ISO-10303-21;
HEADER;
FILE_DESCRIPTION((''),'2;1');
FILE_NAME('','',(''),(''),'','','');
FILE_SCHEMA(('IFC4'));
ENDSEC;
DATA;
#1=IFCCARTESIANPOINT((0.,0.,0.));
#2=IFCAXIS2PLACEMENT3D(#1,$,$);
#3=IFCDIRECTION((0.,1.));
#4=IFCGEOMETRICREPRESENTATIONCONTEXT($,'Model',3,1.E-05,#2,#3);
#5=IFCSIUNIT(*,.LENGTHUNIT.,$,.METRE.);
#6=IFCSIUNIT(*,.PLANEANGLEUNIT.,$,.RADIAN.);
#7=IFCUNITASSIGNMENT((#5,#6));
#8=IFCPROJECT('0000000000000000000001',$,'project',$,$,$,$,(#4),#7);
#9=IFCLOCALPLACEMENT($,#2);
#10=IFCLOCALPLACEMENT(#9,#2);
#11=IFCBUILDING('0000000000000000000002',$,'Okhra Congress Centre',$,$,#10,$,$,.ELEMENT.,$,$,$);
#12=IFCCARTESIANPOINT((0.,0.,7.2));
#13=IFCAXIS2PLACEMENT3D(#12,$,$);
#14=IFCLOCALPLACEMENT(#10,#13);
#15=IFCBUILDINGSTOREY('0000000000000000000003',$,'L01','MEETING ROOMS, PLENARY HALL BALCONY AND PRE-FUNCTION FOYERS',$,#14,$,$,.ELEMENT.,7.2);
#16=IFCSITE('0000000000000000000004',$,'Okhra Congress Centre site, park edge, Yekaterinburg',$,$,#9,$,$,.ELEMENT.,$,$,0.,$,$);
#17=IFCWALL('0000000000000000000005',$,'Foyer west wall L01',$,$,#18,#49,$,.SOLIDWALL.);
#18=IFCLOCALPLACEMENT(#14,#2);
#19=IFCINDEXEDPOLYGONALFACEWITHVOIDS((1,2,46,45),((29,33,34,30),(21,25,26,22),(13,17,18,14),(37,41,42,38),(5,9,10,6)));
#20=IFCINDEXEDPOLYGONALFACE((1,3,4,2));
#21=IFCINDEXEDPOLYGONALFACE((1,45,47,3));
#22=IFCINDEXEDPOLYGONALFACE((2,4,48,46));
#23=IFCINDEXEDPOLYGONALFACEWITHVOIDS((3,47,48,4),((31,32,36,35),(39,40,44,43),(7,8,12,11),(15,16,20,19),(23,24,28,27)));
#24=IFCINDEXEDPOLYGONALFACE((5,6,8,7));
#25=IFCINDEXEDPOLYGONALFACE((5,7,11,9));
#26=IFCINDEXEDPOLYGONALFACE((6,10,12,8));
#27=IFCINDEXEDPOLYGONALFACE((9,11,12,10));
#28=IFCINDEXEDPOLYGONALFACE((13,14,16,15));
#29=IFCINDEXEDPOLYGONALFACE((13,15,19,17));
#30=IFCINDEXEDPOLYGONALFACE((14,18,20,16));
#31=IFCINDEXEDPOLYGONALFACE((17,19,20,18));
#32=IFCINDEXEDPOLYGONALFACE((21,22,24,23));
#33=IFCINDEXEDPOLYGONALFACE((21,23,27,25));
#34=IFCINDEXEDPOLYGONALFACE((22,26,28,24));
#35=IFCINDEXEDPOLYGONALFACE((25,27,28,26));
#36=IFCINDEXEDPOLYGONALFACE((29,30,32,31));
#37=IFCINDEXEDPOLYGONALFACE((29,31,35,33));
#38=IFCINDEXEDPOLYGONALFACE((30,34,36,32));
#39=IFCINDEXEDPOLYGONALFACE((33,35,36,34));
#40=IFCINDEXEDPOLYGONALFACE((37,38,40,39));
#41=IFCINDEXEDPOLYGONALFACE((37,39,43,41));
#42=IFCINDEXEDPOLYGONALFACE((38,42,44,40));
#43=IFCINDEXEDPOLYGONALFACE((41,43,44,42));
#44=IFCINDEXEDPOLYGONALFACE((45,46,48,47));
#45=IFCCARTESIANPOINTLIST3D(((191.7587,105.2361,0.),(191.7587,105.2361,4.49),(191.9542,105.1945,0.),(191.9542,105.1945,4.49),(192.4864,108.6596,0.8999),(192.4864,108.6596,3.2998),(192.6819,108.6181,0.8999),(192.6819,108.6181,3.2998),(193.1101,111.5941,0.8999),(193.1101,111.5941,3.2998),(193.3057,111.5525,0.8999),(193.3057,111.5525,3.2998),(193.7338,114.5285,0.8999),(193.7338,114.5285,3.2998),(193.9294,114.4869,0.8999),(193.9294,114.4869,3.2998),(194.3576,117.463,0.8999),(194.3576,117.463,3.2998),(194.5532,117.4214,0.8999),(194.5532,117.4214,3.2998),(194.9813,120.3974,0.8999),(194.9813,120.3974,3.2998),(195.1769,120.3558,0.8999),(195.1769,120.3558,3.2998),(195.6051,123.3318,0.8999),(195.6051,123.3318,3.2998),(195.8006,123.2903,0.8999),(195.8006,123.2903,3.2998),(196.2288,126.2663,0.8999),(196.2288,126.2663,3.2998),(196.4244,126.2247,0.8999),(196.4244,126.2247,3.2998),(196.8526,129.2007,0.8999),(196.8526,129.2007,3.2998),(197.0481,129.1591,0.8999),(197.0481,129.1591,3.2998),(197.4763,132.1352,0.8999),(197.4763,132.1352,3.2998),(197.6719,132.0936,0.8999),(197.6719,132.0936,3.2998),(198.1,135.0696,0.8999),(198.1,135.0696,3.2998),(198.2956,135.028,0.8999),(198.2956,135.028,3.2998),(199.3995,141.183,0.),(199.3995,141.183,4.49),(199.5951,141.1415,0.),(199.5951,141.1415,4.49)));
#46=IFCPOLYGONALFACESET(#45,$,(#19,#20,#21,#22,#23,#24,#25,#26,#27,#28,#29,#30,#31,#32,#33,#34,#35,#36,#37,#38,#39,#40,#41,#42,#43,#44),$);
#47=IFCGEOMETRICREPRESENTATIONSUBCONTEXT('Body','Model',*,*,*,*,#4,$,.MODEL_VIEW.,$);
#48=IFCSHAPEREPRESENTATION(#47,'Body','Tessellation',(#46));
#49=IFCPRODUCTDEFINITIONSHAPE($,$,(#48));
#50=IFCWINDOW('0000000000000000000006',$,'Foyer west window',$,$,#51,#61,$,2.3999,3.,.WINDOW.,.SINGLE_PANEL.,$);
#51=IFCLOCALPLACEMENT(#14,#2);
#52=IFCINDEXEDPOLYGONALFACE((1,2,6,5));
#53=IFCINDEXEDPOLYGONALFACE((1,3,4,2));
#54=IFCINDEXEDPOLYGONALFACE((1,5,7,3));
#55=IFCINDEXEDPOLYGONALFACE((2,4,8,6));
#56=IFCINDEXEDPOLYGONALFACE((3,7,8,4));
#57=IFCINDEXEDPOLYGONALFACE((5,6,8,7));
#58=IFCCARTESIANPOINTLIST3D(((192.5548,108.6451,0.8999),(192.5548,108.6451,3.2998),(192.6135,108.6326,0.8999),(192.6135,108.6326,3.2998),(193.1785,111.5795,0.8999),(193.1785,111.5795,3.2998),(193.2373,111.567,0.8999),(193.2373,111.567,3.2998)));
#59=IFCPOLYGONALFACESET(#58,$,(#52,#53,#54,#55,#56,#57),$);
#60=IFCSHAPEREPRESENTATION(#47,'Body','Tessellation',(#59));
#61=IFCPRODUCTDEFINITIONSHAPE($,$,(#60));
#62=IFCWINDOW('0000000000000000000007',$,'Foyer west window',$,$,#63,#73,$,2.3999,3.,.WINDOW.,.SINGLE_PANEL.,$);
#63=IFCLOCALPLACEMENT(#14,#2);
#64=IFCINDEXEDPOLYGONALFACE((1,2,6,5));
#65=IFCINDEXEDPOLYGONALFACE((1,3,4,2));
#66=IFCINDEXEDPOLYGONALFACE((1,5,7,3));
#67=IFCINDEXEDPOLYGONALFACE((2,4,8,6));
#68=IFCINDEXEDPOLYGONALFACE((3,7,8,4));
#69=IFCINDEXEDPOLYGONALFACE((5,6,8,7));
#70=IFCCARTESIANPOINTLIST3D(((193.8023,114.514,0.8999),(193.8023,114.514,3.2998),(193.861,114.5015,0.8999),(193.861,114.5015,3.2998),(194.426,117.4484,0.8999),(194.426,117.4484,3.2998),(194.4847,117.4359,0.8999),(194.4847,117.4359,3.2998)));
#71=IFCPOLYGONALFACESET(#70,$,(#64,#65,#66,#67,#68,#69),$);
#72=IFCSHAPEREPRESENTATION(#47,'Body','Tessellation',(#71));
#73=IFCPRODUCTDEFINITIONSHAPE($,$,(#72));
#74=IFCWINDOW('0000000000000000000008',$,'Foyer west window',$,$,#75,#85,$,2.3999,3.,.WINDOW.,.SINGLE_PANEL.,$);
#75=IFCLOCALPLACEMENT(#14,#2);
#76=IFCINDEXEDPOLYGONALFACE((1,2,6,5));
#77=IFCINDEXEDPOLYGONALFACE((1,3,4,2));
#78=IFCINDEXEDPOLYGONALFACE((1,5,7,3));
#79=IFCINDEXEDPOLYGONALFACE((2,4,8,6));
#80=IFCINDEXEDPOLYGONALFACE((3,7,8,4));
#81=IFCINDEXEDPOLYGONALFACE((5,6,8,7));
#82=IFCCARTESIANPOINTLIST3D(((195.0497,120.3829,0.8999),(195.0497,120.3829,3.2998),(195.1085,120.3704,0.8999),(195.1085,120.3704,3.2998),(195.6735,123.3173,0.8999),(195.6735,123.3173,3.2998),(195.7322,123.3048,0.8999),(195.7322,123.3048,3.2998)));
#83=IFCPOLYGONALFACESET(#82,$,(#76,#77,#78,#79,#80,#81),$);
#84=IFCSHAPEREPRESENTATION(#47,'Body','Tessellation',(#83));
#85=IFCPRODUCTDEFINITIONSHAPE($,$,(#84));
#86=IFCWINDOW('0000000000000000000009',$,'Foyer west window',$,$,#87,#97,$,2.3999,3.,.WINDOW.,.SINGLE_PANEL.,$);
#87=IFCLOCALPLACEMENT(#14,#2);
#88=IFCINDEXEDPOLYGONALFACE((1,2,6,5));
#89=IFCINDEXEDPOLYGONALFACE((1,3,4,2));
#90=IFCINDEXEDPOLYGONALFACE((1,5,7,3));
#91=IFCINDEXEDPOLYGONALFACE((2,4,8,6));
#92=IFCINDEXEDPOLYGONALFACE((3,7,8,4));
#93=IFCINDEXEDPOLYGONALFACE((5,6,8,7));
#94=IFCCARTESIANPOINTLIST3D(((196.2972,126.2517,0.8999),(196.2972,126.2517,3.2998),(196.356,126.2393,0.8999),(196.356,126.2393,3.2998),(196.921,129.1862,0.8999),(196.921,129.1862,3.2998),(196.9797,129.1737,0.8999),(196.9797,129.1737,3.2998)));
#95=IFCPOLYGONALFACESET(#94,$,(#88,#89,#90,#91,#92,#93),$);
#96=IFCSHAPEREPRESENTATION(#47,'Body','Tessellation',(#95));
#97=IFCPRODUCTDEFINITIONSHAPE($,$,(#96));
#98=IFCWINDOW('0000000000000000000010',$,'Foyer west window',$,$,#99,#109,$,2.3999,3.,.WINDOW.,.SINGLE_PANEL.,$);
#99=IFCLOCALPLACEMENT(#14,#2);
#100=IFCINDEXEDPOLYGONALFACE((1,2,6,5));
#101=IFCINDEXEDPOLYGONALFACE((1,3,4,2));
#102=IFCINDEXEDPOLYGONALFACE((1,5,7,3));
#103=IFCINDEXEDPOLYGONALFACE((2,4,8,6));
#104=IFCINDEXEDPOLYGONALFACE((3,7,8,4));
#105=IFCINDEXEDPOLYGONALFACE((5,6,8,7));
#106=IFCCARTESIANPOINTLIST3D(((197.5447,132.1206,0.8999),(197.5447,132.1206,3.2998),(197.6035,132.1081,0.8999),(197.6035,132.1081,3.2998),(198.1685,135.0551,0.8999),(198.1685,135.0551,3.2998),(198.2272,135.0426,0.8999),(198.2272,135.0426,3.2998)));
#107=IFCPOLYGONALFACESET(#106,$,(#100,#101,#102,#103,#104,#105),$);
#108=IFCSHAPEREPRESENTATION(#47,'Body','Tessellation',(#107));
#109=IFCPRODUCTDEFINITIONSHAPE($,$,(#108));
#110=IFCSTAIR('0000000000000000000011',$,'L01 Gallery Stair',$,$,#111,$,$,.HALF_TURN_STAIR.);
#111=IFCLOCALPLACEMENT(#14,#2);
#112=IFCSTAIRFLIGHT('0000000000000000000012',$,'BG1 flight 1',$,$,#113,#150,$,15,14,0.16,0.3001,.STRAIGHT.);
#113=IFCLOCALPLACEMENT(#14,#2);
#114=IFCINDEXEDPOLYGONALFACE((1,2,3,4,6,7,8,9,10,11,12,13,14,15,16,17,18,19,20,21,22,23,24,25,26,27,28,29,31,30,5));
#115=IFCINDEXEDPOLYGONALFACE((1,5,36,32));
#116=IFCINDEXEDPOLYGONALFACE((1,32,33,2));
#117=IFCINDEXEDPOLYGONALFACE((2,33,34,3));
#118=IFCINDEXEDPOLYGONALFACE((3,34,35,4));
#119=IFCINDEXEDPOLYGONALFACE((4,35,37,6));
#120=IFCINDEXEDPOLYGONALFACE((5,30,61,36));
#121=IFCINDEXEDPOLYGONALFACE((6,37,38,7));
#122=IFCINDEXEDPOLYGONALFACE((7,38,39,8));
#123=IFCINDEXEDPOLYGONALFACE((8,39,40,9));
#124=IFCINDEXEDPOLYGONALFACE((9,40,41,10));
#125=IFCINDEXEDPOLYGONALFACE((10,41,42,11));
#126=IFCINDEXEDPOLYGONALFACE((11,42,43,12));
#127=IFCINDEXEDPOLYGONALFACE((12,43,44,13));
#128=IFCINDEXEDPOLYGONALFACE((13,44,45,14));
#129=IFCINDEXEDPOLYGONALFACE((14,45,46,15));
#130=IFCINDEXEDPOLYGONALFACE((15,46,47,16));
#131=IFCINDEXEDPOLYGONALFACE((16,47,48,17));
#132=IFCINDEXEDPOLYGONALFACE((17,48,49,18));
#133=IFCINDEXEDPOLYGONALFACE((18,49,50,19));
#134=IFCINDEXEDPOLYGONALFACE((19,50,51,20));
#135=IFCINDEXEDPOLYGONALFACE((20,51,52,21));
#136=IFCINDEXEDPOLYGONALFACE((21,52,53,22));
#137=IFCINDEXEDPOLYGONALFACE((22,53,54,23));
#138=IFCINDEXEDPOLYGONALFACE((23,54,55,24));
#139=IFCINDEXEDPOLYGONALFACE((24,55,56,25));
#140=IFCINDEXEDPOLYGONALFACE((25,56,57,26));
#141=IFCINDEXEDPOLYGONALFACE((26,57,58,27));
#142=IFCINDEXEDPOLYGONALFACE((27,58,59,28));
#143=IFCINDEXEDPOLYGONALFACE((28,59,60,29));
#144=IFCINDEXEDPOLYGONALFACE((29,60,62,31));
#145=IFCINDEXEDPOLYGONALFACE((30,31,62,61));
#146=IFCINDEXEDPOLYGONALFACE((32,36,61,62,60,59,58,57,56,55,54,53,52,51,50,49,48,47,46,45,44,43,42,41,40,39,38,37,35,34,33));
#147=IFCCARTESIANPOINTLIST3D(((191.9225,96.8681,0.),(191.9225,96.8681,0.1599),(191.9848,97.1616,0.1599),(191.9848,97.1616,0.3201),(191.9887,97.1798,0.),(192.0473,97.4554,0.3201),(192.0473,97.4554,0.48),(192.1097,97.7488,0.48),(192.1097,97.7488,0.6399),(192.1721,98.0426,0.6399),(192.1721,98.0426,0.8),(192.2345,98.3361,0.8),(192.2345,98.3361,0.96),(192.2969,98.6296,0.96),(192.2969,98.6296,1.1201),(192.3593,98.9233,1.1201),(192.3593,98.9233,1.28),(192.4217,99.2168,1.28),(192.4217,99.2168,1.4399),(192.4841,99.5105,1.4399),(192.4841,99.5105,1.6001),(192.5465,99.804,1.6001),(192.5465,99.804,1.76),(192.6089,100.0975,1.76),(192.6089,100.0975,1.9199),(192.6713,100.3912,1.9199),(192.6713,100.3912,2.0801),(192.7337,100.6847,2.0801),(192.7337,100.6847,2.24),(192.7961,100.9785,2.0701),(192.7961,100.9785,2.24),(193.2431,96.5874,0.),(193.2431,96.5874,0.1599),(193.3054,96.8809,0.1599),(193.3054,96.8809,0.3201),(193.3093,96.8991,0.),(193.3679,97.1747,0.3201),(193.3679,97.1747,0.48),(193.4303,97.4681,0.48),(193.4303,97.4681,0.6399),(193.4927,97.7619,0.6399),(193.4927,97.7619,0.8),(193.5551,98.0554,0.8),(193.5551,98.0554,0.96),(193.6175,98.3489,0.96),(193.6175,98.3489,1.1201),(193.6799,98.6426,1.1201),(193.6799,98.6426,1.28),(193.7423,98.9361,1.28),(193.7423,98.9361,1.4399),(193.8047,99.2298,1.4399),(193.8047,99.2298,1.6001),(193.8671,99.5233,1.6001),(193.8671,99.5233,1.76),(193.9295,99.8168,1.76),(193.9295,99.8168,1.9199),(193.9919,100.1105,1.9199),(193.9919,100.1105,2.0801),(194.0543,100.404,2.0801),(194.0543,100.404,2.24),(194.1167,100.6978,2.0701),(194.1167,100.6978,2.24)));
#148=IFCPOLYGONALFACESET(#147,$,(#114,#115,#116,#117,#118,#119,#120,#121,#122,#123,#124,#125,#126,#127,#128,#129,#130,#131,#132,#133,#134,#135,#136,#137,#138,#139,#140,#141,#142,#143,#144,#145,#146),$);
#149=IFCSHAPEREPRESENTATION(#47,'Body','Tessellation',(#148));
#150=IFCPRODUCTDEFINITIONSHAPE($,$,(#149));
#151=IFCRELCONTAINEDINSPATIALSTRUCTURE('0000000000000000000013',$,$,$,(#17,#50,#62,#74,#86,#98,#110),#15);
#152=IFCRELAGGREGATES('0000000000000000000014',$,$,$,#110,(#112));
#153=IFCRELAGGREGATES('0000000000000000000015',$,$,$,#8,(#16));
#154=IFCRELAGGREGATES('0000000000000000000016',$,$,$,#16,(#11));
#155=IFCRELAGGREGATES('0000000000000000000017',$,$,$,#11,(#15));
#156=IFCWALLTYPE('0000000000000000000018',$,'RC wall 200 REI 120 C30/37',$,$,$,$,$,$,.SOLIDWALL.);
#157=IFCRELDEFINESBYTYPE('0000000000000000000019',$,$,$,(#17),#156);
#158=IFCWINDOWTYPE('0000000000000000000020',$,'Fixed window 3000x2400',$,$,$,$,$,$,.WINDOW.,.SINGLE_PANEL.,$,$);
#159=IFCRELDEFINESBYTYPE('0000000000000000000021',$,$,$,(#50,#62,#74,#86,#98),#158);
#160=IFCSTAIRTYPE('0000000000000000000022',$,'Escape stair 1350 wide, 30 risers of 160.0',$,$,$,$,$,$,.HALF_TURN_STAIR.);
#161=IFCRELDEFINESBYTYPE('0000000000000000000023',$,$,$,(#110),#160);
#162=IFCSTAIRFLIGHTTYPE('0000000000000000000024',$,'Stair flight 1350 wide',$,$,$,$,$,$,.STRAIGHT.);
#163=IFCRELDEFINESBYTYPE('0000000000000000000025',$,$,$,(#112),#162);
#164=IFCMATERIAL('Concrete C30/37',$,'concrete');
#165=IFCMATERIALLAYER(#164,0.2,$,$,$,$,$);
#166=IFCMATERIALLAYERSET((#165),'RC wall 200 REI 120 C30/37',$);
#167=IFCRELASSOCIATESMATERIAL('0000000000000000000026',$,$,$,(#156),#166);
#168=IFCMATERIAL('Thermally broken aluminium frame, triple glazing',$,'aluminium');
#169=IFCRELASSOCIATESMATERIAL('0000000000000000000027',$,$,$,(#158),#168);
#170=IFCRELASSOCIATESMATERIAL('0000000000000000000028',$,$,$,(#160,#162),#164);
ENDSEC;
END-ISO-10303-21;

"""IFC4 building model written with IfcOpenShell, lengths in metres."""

from ifc_helpers import new_model, si_unit, direction, frame, frame_2d, origin, place, context, subcontext, project, spatial, polyline, rectangle, outline, extrude, material, layer, layer_set, type_object, element, fill, aggregate, save


model = new_model("IFC4")

# Units and contexts
model_context = context("Model", 3, precision=1e-05, world=origin(), true_north=direction((0.0, 1.0)))
body_context = subcontext(model_context, "Body", "Model", "MODEL_VIEW")
ifc_project = project(units=[si_unit("LENGTHUNIT", "METRE"), si_unit("PLANEANGLEUNIT", "RADIAN")], contexts=[model_context])

# Site, building, storey
site_placement = place(None, origin())
site = spatial("IfcSite", under=ifc_project, at=site_placement, Name="Okhra Congress Centre site, park edge, Yekaterinburg", CompositionType="ELEMENT", RefElevation=0.0)
building_placement = place(site_placement, origin())
building = spatial("IfcBuilding", under=site, at=building_placement, Name="Okhra Congress Centre", CompositionType="ELEMENT")
storey_placement = place(building_placement, frame((0.0, 0.0, 7.2)))
storey = spatial("IfcBuildingStorey", under=building, at=storey_placement, Name="L01", Description="MEETING ROOMS, PLENARY HALL BALCONY AND PRE-FUNCTION FOYERS", CompositionType="ELEMENT", Elevation=7.2)

# Shared definitions
ifc_material_1 = material(Name="Concrete C30/37", Category="concrete")
ifc_layer_1 = layer(ifc_material_1, 0.2)
ifc_layer_set_1 = layer_set([ifc_layer_1], Name="RC wall 200 REI 120 C30/37")
wall_type_1 = type_object("IfcWallType", Name="RC wall 200 REI 120 C30/37", PredefinedType="SOLIDWALL", material=ifc_layer_set_1)

# Wall, openings, windows
wall_1_placement = place(storey_placement, frame((191.8564, 105.2153, 0.0), z_axis=(0.0, 0.0, 1.0), x_axis=(0.207914, 0.978147, 0.0)))
wall_1 = element("IfcWall", 1, at=wall_1_placement, inside=storey, type_object=wall_type_1, Name="Foyer west wall L01", PredefinedType="SOLIDWALL", context=body_context, shape_type="SweptSolid", body=[
    extrude(rectangle(XDim=36.75, YDim=0.2, at=frame_2d((18.375, 0.0))), origin(), (0.0, 0.0, 1.0), 4.49),
])
opening_1_placement = place(wall_1_placement, frame((3.5, 0.0, 0.8999)))
opening_1 = element("IfcOpeningElement", 2, at=opening_1_placement, cuts=wall_1, PredefinedType="OPENING", context=body_context, shape_type="SweptSolid", body=[
    extrude(rectangle(XDim=3.0, YDim=2.3999, at=frame_2d((1.5, 1.2))), frame((0.0, 0.1099, 0.0), z_axis=(0.0, -1.0, 0.0), x_axis=(1.0, 0.0, 0.0)), (0.0, 0.0, 1.0), 0.22),
])
opening_2_placement = place(wall_1_placement, frame((9.5, 0.0, 0.8999)))
opening_2 = element("IfcOpeningElement", 3, at=opening_2_placement, cuts=wall_1, PredefinedType="OPENING", context=body_context, shape_type="SweptSolid", body=[
    extrude(rectangle(XDim=3.0, YDim=2.3999, at=frame_2d((1.5, 1.2))), frame((0.0, 0.1099, 0.0), z_axis=(0.0, -1.0, 0.0), x_axis=(1.0, 0.0, 0.0)), (0.0, 0.0, 1.0), 0.22),
])
opening_3_placement = place(wall_1_placement, frame((15.5, 0.0, 0.8999)))
opening_3 = element("IfcOpeningElement", 4, at=opening_3_placement, cuts=wall_1, PredefinedType="OPENING", context=body_context, shape_type="SweptSolid", body=[
    extrude(rectangle(XDim=3.0, YDim=2.3999, at=frame_2d((1.5, 1.2))), frame((0.0, 0.1099, 0.0), z_axis=(0.0, -1.0, 0.0), x_axis=(1.0, 0.0, 0.0)), (0.0, 0.0, 1.0), 0.22),
])
opening_4_placement = place(wall_1_placement, frame((21.5, 0.0, 0.8999)))
opening_4 = element("IfcOpeningElement", 5, at=opening_4_placement, cuts=wall_1, PredefinedType="OPENING", context=body_context, shape_type="SweptSolid", body=[
    extrude(rectangle(XDim=3.0, YDim=2.3999, at=frame_2d((1.5, 1.2))), frame((0.0, 0.1099, 0.0), z_axis=(0.0, -1.0, 0.0), x_axis=(1.0, 0.0, 0.0)), (0.0, 0.0, 1.0), 0.22),
])
opening_5_placement = place(wall_1_placement, frame((27.5, 0.0, 0.8999)))
opening_5 = element("IfcOpeningElement", 6, at=opening_5_placement, cuts=wall_1, PredefinedType="OPENING", context=body_context, shape_type="SweptSolid", body=[
    extrude(rectangle(XDim=3.0, YDim=2.3999, at=frame_2d((1.5, 1.2))), frame((0.0, 0.1099, 0.0), z_axis=(0.0, -1.0, 0.0), x_axis=(1.0, 0.0, 0.0)), (0.0, 0.0, 1.0), 0.22),
])
ifc_material_2 = material(Name="Thermally broken aluminium frame, triple glazing", Category="aluminium")
window_type = type_object("IfcWindowType", Name="Fixed window 3000x2400", PartitioningType="SINGLE_PANEL", PredefinedType="WINDOW", material=ifc_material_2)
window_1_placement = place(opening_1_placement, origin())
window_1 = element("IfcWindow", 7, at=window_1_placement, inside=storey, type_object=window_type, Name="Foyer west window", OverallHeight=2.3999, OverallWidth=3.0, PartitioningType="SINGLE_PANEL", PredefinedType="WINDOW", context=body_context, shape_type="SweptSolid", body=[
    extrude(rectangle(XDim=3.0, YDim=2.3999, at=frame_2d((1.5, 1.2))), frame((0.0, 0.03, 0.0), z_axis=(0.0, -1.0, 0.0), x_axis=(1.0, 0.0, 0.0)), (0.0, 0.0, 1.0), 0.0601),
])
fill(opening_1, window_1)
window_2_placement = place(opening_2_placement, origin())
window_2 = element("IfcWindow", 8, at=window_2_placement, inside=storey, type_object=window_type, Name="Foyer west window", OverallHeight=2.3999, OverallWidth=3.0, PartitioningType="SINGLE_PANEL", PredefinedType="WINDOW", context=body_context, shape_type="SweptSolid", body=[
    extrude(rectangle(XDim=3.0, YDim=2.3999, at=frame_2d((1.5, 1.2))), frame((0.0, 0.03, 0.0), z_axis=(0.0, -1.0, 0.0), x_axis=(1.0, 0.0, 0.0)), (0.0, 0.0, 1.0), 0.0601),
])
fill(opening_2, window_2)
window_3_placement = place(opening_3_placement, origin())
window_3 = element("IfcWindow", 9, at=window_3_placement, inside=storey, type_object=window_type, Name="Foyer west window", OverallHeight=2.3999, OverallWidth=3.0, PartitioningType="SINGLE_PANEL", PredefinedType="WINDOW", context=body_context, shape_type="SweptSolid", body=[
    extrude(rectangle(XDim=3.0, YDim=2.3999, at=frame_2d((1.5, 1.2))), frame((0.0, 0.03, 0.0), z_axis=(0.0, -1.0, 0.0), x_axis=(1.0, 0.0, 0.0)), (0.0, 0.0, 1.0), 0.0601),
])
fill(opening_3, window_3)
window_4_placement = place(opening_4_placement, origin())
window_4 = element("IfcWindow", 10, at=window_4_placement, inside=storey, type_object=window_type, Name="Foyer west window", OverallHeight=2.3999, OverallWidth=3.0, PartitioningType="SINGLE_PANEL", PredefinedType="WINDOW", context=body_context, shape_type="SweptSolid", body=[
    extrude(rectangle(XDim=3.0, YDim=2.3999, at=frame_2d((1.5, 1.2))), frame((0.0, 0.03, 0.0), z_axis=(0.0, -1.0, 0.0), x_axis=(1.0, 0.0, 0.0)), (0.0, 0.0, 1.0), 0.0601),
])
fill(opening_4, window_4)
window_5_placement = place(opening_5_placement, origin())
window_5 = element("IfcWindow", 11, at=window_5_placement, inside=storey, type_object=window_type, Name="Foyer west window", OverallHeight=2.3999, OverallWidth=3.0, PartitioningType="SINGLE_PANEL", PredefinedType="WINDOW", context=body_context, shape_type="SweptSolid", body=[
    extrude(rectangle(XDim=3.0, YDim=2.3999, at=frame_2d((1.5, 1.2))), frame((0.0, 0.03, 0.0), z_axis=(0.0, -1.0, 0.0), x_axis=(1.0, 0.0, 0.0)), (0.0, 0.0, 1.0), 0.0601),
])
fill(opening_5, window_5)

# Stair, stair flight
stair_type = type_object("IfcStairType", Name="Escape stair 1350 wide, 30 risers of 160.0", PredefinedType="HALF_TURN_STAIR", material=ifc_material_1)
stair_placement = place(storey_placement, origin())
stair = element("IfcStair", 12, at=stair_placement, inside=storey, type_object=stair_type, Name="L01 Gallery Stair", PredefinedType="HALF_TURN_STAIR")
stair_flight_type = type_object("IfcStairFlightType", Name="Stair flight 1350 wide", PredefinedType="STRAIGHT", material=ifc_material_1)
stair_flight_1_placement = place(storey_placement, frame((192.5828, 96.7278, 0.0), z_axis=(0.0, 0.0, 1.0), x_axis=(0.207912, 0.978148, 0.0)))
stair_flight_1 = element("IfcStairFlight", 13, at=stair_flight_1_placement, type_object=stair_flight_type, Name="BG1 flight 1", NumberOfRisers=15, NumberOfTreads=14, PredefinedType="STRAIGHT", RiserHeight=0.16, TreadLength=0.3001, context=body_context, shape_type="SweptSolid", body=[
    extrude(outline(polyline([(0.0, 0.0), (0.0, 0.1599), (0.3, 0.1599), (0.3, 0.3201), (0.6003, 0.3201), (0.6003, 0.48), (0.9004, 0.48), (0.9004, 0.6399), (1.2007, 0.6399), (1.2007, 0.8), (1.5007, 0.8), (1.5007, 0.96), (1.8008, 0.96), (1.8008, 1.1201), (2.1011, 1.1201), (2.1011, 1.28), (2.4011, 1.28), (2.4011, 1.4399), (2.7014, 1.4399), (2.7014, 1.6001), (3.0015, 1.6001), (3.0015, 1.76), (3.3015, 1.76), (3.3015, 1.9199), (3.6018, 1.9199), (3.6018, 2.0801), (3.9019, 2.0801), (3.9019, 2.24), (4.2021, 2.24), (4.2021, 2.3999), (4.2021, 2.0701), (0.3186, 0.0), (0.0, 0.0)])), frame((0.0, 0.675, 0.0), z_axis=(0.0, -1.0, 0.0), x_axis=(1.0, 0.0, 0.0)), (0.0, 0.0, 1.0), 1.3501),
])
aggregate(stair, [stair_flight_1])

save(model, "model.ifc")
